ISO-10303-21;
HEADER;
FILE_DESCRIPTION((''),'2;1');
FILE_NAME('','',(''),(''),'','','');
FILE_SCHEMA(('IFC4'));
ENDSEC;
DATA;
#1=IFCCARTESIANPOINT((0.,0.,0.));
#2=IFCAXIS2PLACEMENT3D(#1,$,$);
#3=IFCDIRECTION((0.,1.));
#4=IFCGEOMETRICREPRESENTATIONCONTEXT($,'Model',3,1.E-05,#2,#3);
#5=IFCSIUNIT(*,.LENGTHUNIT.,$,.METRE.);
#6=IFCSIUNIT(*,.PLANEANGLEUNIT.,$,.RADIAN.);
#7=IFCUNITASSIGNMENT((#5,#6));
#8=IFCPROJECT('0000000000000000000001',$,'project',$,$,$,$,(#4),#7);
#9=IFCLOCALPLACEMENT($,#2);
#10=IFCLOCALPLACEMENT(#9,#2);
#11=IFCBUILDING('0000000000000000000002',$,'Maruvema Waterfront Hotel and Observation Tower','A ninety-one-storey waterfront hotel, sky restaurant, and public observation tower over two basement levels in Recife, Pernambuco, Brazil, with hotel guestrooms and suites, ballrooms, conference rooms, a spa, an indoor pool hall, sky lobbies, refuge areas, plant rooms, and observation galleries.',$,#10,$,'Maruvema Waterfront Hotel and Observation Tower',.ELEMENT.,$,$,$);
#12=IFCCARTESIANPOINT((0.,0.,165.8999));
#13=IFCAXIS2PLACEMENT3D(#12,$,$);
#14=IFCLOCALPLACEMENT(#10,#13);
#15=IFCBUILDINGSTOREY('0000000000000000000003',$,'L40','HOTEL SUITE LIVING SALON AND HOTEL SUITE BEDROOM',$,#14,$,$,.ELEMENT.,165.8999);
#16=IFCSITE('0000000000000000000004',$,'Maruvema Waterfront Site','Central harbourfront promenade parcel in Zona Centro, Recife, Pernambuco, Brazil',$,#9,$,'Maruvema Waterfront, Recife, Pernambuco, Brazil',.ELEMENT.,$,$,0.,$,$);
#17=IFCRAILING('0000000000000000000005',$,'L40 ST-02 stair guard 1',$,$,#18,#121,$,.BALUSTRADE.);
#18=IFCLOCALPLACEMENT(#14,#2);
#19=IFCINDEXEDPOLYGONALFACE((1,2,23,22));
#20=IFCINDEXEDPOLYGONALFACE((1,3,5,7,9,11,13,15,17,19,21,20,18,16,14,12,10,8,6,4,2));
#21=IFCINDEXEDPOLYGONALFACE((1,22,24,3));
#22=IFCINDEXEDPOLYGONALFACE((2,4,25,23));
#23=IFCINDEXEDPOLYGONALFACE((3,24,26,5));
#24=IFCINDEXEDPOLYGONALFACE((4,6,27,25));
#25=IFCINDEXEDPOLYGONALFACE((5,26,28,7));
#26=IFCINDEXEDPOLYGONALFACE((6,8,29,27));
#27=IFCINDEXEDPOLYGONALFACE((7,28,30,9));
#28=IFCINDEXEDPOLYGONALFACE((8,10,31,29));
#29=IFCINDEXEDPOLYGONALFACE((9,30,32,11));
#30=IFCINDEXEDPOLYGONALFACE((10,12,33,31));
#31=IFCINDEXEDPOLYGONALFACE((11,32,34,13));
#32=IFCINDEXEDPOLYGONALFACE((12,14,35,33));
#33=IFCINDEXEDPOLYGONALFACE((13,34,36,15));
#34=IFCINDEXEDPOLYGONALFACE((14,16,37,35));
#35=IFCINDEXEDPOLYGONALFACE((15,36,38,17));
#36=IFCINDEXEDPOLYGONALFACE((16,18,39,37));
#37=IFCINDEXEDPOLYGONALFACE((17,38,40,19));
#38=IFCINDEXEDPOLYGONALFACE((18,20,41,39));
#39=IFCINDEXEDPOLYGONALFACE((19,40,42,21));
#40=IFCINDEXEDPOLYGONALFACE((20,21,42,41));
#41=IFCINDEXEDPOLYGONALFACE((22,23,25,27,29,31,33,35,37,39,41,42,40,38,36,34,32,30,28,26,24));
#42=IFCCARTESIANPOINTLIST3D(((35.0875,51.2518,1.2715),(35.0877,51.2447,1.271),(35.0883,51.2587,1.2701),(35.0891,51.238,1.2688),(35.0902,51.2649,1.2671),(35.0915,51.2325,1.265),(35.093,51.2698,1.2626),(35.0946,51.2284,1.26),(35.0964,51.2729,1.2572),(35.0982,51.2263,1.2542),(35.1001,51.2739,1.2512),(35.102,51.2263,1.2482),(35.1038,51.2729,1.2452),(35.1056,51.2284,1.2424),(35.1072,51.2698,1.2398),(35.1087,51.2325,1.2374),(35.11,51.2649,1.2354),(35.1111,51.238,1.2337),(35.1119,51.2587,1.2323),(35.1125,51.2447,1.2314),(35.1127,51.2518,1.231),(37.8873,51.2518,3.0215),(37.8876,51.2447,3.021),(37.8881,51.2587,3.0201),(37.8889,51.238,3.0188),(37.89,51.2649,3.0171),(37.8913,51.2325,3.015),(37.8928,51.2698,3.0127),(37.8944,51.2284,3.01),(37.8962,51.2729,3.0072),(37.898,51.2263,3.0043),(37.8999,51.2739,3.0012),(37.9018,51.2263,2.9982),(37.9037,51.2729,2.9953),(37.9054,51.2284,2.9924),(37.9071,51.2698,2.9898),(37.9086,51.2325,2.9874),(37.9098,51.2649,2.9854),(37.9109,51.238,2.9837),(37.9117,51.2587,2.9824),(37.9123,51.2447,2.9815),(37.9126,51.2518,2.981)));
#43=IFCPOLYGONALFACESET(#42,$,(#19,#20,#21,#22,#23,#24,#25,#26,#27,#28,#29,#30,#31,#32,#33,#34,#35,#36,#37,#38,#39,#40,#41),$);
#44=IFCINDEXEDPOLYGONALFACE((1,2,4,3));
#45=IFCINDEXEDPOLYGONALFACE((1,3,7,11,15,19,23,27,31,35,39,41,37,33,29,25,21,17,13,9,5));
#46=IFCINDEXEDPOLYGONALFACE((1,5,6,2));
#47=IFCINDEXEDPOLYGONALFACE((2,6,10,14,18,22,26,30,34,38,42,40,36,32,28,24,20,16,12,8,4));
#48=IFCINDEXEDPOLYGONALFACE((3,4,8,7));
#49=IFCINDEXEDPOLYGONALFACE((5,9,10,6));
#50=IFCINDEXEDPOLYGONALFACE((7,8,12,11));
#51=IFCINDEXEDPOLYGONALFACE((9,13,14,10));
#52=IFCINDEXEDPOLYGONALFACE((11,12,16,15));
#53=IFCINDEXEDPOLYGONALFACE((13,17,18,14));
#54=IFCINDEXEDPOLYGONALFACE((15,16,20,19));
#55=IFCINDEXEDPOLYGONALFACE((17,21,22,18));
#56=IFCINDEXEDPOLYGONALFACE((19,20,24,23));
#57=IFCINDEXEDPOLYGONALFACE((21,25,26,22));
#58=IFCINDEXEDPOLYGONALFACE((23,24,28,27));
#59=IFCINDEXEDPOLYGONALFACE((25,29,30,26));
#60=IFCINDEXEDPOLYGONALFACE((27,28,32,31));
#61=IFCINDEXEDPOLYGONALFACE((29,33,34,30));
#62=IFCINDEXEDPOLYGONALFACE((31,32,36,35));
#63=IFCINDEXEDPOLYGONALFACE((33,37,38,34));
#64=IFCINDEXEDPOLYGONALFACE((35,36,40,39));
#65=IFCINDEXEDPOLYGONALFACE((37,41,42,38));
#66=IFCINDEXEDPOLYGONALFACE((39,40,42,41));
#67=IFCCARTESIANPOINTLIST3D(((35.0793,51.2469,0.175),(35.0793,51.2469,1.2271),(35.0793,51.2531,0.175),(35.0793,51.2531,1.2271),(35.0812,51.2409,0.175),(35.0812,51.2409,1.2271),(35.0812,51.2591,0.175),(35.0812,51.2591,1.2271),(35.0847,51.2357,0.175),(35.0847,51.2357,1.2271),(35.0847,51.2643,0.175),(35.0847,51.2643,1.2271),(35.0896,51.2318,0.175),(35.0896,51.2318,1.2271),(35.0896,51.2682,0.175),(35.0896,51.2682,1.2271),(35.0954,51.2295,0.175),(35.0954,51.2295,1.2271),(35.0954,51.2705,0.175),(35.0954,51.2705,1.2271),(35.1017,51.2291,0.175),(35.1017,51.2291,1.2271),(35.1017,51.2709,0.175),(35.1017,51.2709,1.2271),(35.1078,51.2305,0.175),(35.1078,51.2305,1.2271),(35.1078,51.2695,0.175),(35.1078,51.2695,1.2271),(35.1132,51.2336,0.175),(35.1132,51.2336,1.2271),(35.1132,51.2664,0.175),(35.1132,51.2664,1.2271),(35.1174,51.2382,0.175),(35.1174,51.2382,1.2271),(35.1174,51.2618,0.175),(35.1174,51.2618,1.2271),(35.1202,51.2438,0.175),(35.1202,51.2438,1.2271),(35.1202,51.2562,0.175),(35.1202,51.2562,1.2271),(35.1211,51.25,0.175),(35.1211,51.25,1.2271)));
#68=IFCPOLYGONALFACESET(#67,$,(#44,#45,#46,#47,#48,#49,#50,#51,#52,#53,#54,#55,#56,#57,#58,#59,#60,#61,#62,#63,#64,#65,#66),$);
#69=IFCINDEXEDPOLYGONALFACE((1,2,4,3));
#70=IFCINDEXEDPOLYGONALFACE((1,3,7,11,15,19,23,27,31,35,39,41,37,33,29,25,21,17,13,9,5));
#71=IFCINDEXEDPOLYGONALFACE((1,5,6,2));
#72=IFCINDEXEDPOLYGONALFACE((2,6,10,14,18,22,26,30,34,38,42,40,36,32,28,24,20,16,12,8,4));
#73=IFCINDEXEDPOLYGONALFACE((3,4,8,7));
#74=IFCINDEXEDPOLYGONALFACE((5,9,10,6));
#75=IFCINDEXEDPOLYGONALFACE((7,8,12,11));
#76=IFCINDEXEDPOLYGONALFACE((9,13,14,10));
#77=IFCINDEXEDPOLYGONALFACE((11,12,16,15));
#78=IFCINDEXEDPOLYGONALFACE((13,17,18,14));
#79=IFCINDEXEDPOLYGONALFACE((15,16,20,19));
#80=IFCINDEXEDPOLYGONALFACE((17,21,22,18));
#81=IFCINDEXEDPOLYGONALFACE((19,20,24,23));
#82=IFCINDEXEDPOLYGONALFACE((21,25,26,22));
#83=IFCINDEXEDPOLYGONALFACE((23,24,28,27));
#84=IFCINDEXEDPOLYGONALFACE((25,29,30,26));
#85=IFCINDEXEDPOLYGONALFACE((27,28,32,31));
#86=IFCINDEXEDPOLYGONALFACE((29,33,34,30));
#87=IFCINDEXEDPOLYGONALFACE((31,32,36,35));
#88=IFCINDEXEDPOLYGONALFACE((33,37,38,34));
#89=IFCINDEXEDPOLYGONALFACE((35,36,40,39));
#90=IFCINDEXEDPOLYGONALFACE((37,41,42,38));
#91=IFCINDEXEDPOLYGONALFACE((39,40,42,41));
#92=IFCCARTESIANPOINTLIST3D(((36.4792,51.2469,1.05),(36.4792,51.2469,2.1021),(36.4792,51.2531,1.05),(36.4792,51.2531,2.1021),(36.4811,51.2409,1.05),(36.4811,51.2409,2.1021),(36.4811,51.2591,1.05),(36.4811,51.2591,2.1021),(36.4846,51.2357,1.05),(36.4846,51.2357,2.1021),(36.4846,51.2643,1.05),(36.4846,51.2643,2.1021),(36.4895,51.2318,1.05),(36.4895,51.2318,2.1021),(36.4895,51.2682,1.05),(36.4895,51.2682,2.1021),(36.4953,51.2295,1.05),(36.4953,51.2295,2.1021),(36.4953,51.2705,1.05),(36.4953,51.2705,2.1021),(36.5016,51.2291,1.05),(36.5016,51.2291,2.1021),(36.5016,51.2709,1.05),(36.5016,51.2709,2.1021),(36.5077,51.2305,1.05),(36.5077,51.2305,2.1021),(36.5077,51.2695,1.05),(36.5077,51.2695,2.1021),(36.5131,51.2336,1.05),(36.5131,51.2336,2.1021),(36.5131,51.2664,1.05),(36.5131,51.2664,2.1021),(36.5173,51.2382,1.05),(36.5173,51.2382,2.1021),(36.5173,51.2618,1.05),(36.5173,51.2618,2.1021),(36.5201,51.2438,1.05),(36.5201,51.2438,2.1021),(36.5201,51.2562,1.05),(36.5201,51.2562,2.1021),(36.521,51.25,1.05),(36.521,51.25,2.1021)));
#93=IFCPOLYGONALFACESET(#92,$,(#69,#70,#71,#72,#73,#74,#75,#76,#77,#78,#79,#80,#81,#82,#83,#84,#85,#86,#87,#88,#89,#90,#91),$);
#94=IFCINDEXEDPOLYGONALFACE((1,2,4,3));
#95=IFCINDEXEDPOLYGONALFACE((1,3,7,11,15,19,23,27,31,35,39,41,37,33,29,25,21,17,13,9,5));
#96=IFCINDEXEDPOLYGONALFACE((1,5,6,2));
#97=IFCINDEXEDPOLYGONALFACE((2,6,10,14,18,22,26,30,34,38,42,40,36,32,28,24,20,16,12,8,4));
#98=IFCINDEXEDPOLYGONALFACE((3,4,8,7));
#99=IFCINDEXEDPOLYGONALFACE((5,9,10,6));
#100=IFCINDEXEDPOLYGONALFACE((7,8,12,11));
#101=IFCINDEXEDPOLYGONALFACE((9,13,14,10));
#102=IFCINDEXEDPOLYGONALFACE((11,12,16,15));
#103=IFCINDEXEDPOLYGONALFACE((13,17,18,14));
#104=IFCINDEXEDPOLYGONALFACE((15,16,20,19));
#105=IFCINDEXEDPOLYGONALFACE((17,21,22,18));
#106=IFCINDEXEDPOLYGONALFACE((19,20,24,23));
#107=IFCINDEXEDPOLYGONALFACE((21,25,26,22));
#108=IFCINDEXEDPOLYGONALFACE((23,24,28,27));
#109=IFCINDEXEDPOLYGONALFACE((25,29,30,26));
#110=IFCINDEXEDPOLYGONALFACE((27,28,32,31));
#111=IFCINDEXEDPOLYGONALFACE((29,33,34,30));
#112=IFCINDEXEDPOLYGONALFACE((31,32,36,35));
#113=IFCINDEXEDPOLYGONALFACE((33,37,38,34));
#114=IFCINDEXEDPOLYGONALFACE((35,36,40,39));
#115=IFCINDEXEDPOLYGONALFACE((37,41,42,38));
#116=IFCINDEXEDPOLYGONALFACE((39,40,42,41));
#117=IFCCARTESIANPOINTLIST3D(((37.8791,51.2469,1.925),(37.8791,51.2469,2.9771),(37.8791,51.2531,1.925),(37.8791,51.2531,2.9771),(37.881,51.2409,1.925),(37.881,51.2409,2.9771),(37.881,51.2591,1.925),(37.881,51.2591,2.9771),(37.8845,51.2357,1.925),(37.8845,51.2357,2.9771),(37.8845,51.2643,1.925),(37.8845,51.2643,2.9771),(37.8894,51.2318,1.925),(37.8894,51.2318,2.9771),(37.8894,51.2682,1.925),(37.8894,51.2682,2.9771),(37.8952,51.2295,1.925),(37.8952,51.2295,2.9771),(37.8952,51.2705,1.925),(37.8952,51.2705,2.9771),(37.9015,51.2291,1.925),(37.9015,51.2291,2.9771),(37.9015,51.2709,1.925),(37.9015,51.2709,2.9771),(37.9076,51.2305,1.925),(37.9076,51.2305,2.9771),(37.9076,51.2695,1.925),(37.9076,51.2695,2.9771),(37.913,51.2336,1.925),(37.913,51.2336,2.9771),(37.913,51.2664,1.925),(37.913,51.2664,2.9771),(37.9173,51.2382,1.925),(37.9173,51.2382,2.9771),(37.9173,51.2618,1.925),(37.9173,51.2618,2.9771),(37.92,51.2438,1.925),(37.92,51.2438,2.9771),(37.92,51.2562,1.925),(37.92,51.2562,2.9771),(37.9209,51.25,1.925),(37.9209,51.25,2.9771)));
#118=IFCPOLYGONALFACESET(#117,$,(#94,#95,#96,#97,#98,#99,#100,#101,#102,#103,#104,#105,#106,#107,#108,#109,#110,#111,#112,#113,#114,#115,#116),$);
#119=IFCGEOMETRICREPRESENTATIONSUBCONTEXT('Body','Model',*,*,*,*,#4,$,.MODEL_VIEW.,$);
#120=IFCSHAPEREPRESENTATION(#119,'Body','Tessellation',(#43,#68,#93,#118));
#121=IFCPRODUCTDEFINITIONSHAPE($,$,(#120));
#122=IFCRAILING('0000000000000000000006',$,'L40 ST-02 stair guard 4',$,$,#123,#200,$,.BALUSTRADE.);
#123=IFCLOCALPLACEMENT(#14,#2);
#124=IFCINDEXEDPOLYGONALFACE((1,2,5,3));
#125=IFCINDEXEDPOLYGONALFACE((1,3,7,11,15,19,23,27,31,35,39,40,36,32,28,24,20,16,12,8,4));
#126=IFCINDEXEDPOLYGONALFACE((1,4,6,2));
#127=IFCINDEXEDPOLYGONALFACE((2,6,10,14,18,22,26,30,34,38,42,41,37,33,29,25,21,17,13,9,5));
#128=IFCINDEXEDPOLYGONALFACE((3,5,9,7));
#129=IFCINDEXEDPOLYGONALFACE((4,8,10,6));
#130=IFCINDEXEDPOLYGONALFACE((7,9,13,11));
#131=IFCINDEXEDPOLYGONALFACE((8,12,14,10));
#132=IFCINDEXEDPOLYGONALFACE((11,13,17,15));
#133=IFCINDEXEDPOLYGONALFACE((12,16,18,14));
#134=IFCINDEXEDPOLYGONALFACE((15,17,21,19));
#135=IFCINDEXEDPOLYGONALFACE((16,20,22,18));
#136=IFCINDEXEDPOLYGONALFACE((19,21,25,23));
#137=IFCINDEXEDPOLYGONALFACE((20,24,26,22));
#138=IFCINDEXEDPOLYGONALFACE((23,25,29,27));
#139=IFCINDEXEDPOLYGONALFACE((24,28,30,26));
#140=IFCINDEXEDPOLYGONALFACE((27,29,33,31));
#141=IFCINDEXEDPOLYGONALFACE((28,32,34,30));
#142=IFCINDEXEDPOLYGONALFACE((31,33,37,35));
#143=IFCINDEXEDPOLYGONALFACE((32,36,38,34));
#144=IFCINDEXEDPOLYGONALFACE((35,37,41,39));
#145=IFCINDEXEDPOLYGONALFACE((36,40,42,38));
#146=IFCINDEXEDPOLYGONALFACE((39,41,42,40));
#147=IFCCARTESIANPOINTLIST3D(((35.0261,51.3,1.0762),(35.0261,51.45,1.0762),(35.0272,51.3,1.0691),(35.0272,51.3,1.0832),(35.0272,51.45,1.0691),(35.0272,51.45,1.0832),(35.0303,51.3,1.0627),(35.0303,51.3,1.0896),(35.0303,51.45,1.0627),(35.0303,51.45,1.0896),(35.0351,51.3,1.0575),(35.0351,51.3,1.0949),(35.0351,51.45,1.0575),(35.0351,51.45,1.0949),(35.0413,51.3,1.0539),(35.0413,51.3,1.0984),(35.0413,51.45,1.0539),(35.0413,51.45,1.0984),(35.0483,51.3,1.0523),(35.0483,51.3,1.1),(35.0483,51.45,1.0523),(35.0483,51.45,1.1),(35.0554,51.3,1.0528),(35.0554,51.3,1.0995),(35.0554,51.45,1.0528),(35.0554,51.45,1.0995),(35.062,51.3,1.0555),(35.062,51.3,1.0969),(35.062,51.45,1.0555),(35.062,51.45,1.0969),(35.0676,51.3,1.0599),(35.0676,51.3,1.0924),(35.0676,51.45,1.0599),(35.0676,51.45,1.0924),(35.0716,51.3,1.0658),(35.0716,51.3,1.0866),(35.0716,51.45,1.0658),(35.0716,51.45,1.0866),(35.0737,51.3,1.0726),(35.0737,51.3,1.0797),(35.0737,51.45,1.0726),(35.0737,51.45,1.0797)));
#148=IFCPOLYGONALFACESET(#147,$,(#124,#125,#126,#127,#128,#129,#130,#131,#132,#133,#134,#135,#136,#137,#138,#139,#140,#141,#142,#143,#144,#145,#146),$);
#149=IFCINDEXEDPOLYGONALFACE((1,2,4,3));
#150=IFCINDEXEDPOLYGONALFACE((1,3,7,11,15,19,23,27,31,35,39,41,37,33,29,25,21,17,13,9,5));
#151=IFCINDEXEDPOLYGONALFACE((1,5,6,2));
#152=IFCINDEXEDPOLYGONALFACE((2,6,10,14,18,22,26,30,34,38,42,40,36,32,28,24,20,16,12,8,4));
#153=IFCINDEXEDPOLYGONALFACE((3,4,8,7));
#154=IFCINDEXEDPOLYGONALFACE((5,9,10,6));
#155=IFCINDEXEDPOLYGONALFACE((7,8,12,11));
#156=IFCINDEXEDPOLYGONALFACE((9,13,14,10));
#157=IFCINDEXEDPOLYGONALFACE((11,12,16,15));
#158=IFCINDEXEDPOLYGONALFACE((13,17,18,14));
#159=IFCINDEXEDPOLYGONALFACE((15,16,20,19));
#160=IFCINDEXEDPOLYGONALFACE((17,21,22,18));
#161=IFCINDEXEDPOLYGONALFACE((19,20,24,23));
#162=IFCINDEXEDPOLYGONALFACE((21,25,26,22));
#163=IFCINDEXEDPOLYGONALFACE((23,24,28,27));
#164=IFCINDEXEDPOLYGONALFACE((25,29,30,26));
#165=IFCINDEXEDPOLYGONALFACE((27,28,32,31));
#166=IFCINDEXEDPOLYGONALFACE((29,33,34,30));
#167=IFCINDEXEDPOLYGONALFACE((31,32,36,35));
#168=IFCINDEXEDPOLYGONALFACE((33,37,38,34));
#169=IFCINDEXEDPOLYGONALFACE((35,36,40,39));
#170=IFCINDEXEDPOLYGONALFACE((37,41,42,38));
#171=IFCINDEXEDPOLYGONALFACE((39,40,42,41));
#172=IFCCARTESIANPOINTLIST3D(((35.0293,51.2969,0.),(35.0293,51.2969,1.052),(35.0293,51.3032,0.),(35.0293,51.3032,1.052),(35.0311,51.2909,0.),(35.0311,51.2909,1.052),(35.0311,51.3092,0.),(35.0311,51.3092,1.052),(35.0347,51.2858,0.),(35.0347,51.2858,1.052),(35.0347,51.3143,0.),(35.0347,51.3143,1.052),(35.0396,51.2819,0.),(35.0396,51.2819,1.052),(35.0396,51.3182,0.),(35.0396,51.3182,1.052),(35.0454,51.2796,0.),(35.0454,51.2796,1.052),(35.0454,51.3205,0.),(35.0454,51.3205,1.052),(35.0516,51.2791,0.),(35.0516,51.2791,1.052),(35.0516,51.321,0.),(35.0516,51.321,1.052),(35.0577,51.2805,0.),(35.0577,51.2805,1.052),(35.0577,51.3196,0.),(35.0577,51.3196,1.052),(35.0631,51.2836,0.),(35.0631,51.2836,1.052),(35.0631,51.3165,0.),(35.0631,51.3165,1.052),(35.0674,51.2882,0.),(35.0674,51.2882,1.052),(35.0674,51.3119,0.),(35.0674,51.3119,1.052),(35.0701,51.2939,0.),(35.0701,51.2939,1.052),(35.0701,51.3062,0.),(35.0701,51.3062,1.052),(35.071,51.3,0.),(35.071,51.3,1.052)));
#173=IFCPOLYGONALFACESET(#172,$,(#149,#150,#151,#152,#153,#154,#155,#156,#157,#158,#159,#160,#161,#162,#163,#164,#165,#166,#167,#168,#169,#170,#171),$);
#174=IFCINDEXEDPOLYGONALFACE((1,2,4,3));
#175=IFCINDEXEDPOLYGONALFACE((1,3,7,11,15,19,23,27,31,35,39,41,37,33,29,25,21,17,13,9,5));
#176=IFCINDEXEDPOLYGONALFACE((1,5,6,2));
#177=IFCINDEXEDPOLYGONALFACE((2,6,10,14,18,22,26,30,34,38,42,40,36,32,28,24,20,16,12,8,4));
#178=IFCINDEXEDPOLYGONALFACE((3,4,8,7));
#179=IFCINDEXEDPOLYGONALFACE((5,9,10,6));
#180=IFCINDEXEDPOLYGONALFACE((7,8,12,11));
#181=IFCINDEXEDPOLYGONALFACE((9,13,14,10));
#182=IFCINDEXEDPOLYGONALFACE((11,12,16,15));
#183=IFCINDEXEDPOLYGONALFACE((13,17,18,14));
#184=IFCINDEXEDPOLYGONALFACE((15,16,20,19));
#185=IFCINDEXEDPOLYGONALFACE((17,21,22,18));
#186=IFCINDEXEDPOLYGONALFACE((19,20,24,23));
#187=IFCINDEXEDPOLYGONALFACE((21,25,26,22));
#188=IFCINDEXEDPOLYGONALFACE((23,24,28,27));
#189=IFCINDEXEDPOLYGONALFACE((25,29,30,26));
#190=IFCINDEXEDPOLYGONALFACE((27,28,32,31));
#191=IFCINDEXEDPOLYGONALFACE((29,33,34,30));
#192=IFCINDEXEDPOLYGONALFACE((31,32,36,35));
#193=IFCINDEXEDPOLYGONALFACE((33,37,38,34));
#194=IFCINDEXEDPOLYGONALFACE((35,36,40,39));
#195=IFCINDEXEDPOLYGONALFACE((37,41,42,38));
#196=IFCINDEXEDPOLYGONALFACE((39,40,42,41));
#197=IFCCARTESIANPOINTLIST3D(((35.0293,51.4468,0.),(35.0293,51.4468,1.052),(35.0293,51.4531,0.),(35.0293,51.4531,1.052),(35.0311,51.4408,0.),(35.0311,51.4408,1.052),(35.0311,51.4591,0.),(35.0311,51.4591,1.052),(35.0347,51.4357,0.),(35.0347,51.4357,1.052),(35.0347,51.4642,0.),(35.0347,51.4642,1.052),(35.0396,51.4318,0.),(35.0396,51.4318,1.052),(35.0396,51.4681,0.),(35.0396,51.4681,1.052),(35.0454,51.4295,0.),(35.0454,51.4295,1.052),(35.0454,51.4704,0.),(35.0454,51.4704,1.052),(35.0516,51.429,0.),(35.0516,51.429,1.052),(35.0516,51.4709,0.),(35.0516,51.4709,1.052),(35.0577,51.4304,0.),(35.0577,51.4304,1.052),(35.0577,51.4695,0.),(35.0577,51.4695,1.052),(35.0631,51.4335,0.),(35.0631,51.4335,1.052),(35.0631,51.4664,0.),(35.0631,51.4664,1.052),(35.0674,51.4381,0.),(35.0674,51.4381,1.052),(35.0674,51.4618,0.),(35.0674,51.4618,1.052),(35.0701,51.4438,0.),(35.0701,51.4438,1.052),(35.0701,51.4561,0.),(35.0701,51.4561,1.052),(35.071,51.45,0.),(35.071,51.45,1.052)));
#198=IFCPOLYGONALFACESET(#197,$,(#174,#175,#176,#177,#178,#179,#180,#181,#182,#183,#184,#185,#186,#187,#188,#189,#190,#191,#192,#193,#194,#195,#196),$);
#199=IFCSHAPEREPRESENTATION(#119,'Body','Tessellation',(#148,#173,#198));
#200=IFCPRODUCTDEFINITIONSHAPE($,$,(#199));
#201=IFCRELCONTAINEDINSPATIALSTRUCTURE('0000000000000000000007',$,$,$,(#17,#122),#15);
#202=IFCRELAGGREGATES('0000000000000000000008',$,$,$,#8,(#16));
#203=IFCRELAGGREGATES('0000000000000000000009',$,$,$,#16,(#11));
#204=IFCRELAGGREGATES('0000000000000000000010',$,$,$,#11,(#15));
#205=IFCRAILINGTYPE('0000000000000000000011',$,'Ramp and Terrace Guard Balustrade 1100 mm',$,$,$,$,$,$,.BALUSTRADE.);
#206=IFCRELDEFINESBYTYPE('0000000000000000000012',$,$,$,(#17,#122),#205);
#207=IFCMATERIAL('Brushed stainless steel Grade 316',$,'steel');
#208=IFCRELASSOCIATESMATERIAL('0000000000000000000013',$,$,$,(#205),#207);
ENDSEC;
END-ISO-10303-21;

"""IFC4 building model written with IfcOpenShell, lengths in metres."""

from ifc_helpers import new_model, si_unit, direction, frame, origin, origin_2d, place, context, subcontext, project, spatial, circle, extrude, material, type_object, element, save


model = new_model("IFC4")

# Units and contexts
model_context = context("Model", 3, precision=1e-05, world=origin(), true_north=direction((0.0, 1.0)))
body_context = subcontext(model_context, "Body", "Model", "MODEL_VIEW")
ifc_project = project(units=[si_unit("LENGTHUNIT", "METRE"), si_unit("PLANEANGLEUNIT", "RADIAN")], contexts=[model_context])

# Site, building, storey
site_placement = place(None, origin())
site = spatial("IfcSite", under=ifc_project, at=site_placement, Name="Maruvema Waterfront Site", Description="Central harbourfront promenade parcel in Zona Centro, Recife, Pernambuco, Brazil", LongName="Maruvema Waterfront, Recife, Pernambuco, Brazil", CompositionType="ELEMENT", RefElevation=0.0)
building_placement = place(site_placement, origin())
building = spatial("IfcBuilding", under=site, at=building_placement, Name="Maruvema Waterfront Hotel and Observation Tower", Description="A ninety-one-storey waterfront hotel, sky restaurant, and public observation tower over two basement levels in Recife, Pernambuco, Brazil, with hotel guestrooms and suites, ballrooms, conference rooms, a spa, an indoor pool hall, sky lobbies, refuge areas, plant rooms, and observation galleries.", LongName="Maruvema Waterfront Hotel and Observation Tower", CompositionType="ELEMENT")
storey_placement = place(building_placement, frame((0.0, 0.0, 165.8999)))
storey = spatial("IfcBuildingStorey", under=building, at=storey_placement, Name="L40", Description="HOTEL SUITE LIVING SALON AND HOTEL SUITE BEDROOM", CompositionType="ELEMENT", Elevation=165.8999)

# Railings
ifc_material_1 = material(Name="Brushed stainless steel Grade 316", Category="steel")
railing_type_1 = type_object("IfcRailingType", Name="Ramp and Terrace Guard Balustrade 1100 mm", PredefinedType="BALUSTRADE", material=ifc_material_1)
railing_1_placement = place(storey_placement, frame((35.1001, 51.25, 0.175)))
element("IfcRailing", 1, at=railing_1_placement, inside=storey, type_object=railing_type_1, Name="L40 ST-02 stair guard 1", PredefinedType="BALUSTRADE", context=body_context, shape_type="SweptSolid", body=[
    extrude(circle(Radius=0.0239, at=origin_2d()), frame((0.0, 0.0, 1.0762), z_axis=(0.847982, 0.0, 0.530026), x_axis=(0.0, 1.0, 0.0)), (0.0, 0.0, 1.0), 3.3018),
    extrude(circle(Radius=0.021, at=origin_2d()), origin(), (0.0, 0.0, 1.0), 1.052),
    extrude(circle(Radius=0.021, at=origin_2d()), frame((1.3999, 0.0, 0.875)), (0.0, 0.0, 1.0), 1.052),
    extrude(circle(Radius=0.021, at=origin_2d()), frame((2.7998, 0.0, 1.75)), (0.0, 0.0, 1.0), 1.052),
])
railing_2_placement = place(storey_placement, frame((35.05, 51.3, 0.0)))
element("IfcRailing", 2, at=railing_2_placement, inside=storey, type_object=railing_type_1, Name="L40 ST-02 stair guard 4", PredefinedType="BALUSTRADE", context=body_context, shape_type="SweptSolid", body=[
    extrude(circle(Radius=0.0239, at=origin_2d()), frame((0.0, 0.0, 1.0762), z_axis=(0.0, 1.0, 0.0), x_axis=(-1.0, 0.0, 0.0)), (0.0, 0.0, 1.0), 0.1499),
    extrude(circle(Radius=0.021, at=origin_2d()), origin(), (0.0, 0.0, 1.0), 1.052),
    extrude(circle(Radius=0.021, at=origin_2d()), frame((0.0, 0.1499, 0.0)), (0.0, 0.0, 1.0), 1.052),
])

save(model, "model.ifc")
